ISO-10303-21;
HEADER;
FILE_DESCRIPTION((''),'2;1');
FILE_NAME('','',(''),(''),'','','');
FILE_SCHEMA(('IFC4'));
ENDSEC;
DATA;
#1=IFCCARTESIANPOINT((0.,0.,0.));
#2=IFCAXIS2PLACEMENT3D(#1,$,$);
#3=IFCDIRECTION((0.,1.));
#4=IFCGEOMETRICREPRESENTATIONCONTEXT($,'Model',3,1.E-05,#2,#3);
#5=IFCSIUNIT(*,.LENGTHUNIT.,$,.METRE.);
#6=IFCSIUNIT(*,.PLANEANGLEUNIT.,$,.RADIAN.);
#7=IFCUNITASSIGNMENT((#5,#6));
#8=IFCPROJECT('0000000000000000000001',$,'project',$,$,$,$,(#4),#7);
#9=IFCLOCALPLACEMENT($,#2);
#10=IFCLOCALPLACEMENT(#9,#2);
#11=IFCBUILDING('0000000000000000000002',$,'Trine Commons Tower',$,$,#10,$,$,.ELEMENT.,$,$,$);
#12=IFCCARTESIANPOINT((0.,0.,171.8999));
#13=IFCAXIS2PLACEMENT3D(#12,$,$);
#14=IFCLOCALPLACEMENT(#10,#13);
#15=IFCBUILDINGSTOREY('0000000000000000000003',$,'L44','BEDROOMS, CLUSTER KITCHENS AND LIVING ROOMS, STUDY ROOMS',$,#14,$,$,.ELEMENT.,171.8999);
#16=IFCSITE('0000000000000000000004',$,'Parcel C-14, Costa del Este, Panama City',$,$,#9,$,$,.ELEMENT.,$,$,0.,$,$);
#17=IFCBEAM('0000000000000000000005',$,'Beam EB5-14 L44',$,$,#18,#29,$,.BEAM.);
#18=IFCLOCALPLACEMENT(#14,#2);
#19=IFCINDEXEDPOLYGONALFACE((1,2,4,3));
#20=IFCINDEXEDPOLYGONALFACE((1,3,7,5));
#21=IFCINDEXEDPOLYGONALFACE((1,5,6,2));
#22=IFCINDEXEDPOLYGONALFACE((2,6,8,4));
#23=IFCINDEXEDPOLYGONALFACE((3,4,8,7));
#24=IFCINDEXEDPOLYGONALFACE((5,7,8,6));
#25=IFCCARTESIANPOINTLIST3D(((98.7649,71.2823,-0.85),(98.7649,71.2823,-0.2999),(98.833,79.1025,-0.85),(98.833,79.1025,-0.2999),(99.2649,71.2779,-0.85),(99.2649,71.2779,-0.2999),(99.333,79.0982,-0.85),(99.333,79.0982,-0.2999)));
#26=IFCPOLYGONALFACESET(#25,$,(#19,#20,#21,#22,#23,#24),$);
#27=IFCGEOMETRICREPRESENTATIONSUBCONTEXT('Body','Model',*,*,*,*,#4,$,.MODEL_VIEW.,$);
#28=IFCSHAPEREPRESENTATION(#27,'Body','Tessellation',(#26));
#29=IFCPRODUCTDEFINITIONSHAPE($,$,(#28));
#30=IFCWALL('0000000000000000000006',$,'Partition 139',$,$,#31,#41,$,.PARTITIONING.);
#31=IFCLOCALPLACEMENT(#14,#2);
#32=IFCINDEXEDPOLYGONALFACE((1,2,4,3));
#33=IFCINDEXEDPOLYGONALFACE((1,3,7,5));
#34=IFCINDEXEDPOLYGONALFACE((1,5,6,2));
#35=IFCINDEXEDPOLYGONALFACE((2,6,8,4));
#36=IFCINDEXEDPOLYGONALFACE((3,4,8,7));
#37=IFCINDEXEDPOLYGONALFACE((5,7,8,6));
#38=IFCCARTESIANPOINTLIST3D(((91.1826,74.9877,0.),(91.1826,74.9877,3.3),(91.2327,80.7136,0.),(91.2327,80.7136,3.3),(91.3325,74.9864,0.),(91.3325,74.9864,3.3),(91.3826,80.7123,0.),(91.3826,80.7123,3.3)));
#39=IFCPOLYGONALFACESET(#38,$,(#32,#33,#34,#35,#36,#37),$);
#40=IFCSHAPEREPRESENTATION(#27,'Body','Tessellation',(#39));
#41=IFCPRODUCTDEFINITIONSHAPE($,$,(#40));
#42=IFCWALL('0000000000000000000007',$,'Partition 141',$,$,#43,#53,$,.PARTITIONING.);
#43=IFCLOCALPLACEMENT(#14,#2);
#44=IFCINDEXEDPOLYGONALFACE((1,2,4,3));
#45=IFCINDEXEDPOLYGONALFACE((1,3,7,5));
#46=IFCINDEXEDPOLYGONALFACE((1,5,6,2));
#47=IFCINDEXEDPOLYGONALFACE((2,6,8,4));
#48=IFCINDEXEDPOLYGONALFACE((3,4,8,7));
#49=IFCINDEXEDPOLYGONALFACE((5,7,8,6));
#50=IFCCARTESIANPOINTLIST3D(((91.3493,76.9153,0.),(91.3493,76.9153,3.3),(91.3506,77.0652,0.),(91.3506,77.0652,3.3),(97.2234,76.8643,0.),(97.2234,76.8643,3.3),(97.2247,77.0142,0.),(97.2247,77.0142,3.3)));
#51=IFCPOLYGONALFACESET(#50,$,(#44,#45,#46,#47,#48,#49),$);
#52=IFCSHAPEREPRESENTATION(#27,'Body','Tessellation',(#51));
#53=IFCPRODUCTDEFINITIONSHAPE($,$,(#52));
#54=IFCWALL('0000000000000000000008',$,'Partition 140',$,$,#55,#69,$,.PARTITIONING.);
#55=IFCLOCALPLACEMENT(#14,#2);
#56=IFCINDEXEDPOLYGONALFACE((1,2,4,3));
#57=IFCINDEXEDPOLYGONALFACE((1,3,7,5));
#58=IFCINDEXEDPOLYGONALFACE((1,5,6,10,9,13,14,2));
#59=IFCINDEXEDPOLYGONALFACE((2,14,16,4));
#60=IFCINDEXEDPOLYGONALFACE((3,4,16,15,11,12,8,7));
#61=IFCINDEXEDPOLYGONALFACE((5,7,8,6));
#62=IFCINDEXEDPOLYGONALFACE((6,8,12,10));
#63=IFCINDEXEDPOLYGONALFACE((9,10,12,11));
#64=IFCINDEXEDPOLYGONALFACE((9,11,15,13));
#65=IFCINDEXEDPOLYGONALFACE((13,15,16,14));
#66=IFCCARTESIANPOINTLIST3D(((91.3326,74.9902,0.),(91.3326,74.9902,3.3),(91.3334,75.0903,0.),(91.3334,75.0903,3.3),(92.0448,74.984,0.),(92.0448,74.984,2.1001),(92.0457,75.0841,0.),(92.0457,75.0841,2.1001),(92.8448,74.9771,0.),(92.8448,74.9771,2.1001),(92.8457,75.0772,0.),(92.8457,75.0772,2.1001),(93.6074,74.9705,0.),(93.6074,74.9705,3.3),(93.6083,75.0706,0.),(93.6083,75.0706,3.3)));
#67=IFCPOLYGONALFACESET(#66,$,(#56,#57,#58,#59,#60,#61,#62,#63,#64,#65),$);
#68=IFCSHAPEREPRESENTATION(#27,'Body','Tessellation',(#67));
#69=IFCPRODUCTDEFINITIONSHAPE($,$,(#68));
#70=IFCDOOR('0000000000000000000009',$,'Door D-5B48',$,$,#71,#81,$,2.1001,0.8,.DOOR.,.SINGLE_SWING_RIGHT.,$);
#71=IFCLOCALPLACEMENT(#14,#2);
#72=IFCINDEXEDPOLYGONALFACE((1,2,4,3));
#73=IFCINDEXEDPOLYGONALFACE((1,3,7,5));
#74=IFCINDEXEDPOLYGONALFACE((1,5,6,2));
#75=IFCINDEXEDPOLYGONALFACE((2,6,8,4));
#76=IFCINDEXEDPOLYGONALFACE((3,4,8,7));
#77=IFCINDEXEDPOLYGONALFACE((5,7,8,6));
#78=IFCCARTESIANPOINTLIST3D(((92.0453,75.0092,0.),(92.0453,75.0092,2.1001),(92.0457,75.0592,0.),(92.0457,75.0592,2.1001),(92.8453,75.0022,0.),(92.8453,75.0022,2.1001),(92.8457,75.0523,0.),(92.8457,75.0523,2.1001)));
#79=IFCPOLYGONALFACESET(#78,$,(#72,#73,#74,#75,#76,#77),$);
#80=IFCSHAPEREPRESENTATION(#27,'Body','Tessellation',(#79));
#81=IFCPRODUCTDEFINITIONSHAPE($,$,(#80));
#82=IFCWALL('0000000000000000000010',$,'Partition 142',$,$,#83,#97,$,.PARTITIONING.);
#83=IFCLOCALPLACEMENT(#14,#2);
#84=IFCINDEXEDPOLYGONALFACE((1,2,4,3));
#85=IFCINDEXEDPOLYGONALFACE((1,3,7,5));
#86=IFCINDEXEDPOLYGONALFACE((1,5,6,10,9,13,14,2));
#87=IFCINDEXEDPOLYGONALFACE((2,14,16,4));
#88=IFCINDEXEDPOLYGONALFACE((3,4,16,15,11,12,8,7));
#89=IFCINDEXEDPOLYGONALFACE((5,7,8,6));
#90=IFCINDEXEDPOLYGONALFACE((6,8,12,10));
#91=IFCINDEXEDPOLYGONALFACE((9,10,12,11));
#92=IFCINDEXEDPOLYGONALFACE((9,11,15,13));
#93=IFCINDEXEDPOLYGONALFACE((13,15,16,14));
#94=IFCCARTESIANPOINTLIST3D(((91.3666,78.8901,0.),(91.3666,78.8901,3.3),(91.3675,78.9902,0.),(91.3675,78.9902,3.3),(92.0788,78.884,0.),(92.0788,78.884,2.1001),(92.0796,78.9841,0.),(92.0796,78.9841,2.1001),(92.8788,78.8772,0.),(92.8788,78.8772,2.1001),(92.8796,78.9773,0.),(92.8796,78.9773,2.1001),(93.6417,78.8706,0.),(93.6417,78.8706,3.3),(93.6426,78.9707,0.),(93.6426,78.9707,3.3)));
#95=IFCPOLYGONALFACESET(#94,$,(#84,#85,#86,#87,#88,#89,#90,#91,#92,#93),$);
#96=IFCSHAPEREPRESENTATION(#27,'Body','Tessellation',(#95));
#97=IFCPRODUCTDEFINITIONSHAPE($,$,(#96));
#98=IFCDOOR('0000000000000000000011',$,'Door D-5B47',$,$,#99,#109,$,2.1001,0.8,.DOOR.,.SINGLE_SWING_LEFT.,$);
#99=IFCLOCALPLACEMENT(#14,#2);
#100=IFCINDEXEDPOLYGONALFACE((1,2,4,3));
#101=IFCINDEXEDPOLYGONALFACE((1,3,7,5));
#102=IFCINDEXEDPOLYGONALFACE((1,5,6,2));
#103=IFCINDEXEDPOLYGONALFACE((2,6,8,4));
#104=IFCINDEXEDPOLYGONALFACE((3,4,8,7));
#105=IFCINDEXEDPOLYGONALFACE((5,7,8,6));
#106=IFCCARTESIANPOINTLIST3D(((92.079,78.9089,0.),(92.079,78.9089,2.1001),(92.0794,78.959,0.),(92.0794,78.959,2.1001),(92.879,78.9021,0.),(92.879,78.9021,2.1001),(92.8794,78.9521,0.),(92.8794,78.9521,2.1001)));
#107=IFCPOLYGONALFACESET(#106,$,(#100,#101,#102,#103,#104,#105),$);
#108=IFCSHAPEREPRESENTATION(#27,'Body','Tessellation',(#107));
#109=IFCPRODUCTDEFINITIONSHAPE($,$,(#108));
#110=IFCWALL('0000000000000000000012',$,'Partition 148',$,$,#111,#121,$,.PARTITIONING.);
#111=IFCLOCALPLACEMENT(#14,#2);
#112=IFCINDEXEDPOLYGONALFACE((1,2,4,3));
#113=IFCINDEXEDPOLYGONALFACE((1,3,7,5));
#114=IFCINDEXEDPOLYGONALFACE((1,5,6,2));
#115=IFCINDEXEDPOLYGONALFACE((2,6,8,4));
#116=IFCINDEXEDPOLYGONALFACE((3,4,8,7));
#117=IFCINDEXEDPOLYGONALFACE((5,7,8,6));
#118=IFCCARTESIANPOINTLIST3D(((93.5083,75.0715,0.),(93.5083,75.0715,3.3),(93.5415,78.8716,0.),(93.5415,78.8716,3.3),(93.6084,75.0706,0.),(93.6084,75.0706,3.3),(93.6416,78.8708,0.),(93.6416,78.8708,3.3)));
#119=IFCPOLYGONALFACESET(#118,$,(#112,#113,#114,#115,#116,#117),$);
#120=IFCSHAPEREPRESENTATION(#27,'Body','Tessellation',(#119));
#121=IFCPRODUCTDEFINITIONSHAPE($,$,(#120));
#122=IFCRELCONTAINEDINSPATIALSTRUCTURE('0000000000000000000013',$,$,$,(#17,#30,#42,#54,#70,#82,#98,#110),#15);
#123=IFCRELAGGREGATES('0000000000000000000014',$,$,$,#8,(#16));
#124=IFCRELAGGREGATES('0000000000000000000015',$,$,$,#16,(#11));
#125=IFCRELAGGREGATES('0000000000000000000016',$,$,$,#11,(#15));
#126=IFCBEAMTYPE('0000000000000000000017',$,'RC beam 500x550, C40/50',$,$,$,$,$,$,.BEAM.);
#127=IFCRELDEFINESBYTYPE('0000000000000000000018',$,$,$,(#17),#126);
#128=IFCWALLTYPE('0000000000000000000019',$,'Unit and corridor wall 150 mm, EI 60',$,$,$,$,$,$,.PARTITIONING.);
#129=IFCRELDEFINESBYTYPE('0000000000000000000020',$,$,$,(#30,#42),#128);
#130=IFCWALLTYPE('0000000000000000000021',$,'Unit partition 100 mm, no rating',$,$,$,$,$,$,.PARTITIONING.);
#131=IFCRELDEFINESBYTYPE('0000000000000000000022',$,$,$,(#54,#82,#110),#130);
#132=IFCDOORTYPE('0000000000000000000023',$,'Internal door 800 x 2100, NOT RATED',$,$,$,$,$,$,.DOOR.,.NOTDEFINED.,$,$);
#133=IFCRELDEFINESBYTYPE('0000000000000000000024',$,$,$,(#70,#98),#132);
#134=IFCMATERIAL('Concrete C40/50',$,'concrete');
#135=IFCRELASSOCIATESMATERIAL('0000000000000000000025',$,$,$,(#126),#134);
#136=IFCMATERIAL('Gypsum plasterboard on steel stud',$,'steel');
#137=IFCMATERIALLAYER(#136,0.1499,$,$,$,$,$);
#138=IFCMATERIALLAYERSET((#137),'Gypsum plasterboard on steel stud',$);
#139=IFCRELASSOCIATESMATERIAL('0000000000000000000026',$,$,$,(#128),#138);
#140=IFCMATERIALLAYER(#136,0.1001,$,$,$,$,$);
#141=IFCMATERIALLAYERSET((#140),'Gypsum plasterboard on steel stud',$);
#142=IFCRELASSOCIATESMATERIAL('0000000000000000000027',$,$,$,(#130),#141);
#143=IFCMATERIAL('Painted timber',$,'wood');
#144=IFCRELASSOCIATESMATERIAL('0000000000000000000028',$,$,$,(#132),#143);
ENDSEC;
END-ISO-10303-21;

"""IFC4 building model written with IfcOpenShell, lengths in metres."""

from ifc_helpers import new_model, si_unit, direction, frame, frame_2d, origin, origin_2d, place, context, subcontext, project, spatial, rectangle, extrude, material, layer, layer_set, material_profile, profile_set, type_object, element, fill, save


model = new_model("IFC4")

# Units and contexts
model_context = context("Model", 3, precision=1e-05, world=origin(), true_north=direction((0.0, 1.0)))
body_context = subcontext(model_context, "Body", "Model", "MODEL_VIEW")
ifc_project = project(units=[si_unit("LENGTHUNIT", "METRE"), si_unit("PLANEANGLEUNIT", "RADIAN")], contexts=[model_context])

# Site, building, storey
site_placement = place(None, origin())
site = spatial("IfcSite", under=ifc_project, at=site_placement, Name="Parcel C-14, Costa del Este, Panama City", CompositionType="ELEMENT", RefElevation=0.0)
building_placement = place(site_placement, origin())
building = spatial("IfcBuilding", under=site, at=building_placement, Name="Trine Commons Tower", CompositionType="ELEMENT")
storey_placement = place(building_placement, frame((0.0, 0.0, 171.8999)))
storey = spatial("IfcBuildingStorey", under=building, at=storey_placement, Name="L44", Description="BEDROOMS, CLUSTER KITCHENS AND LIVING ROOMS, STUDY ROOMS", CompositionType="ELEMENT", Elevation=171.8999)

# Beam
ifc_material_1 = material(Name="Concrete C40/50", Category="concrete")
ifc_material_profile = material_profile(ifc_material_1, rectangle(XDim=0.5, YDim=0.55, at=origin_2d()), Name="RC 500x550")
ifc_profile_set = profile_set([ifc_material_profile], Name="Concrete C40/50")
beam_type = type_object("IfcBeamType", Name="RC beam 500x550, C40/50", PredefinedType="BEAM", material=ifc_profile_set)
beam_placement = place(storey_placement, frame((99.083, 79.1003, -0.575), z_axis=(-0.00871, -0.999962, 0.0), x_axis=(0.999962, -0.00871, 0.0)))
element("IfcBeam", 1, at=beam_placement, inside=storey, type_object=beam_type, Name="Beam EB5-14 L44", PredefinedType="BEAM", context=body_context, shape_type="SweptSolid", body=[
    extrude(rectangle(XDim=0.5, YDim=0.55, at=origin_2d()), origin(), (0.0, 0.0, 1.0), 7.8206),
])

# Walls
ifc_material_2 = material(Name="Gypsum plasterboard on steel stud", Category="steel")
ifc_layer_1 = layer(ifc_material_2, 0.1499)
ifc_layer_set_1 = layer_set([ifc_layer_1], Name="Gypsum plasterboard on steel stud")
wall_type_1 = type_object("IfcWallType", Name="Unit and corridor wall 150 mm, EI 60", PredefinedType="PARTITIONING", material=ifc_layer_set_1)
wall_1_placement = place(storey_placement, frame((91.2576, 74.9871, 0.0), z_axis=(0.0, 0.0, 1.0), x_axis=(0.008741, 0.999962, 0.0)))
element("IfcWall", 2, at=wall_1_placement, inside=storey, type_object=wall_type_1, Name="Partition 139", PredefinedType="PARTITIONING", context=body_context, shape_type="SweptSolid", body=[
    extrude(rectangle(XDim=5.7261, YDim=0.1499, at=frame_2d((2.863, 0.0))), origin(), (0.0, 0.0, 1.0), 3.3),
])
wall_2_placement = place(storey_placement, frame((91.3501, 76.9902, 0.0), z_axis=(0.0, 0.0, 1.0), x_axis=(0.999962, -0.008686, 0.0)))
element("IfcWall", 3, at=wall_2_placement, inside=storey, type_object=wall_type_1, Name="Partition 141", PredefinedType="PARTITIONING", context=body_context, shape_type="SweptSolid", body=[
    extrude(rectangle(XDim=5.8743, YDim=0.1499, at=frame_2d((2.937, 0.0))), origin(), (0.0, 0.0, 1.0), 3.3),
])

# Walls, openings, doors
ifc_layer_2 = layer(ifc_material_2, 0.1001)
ifc_layer_set_2 = layer_set([ifc_layer_2], Name="Gypsum plasterboard on steel stud")
wall_type_2 = type_object("IfcWallType", Name="Unit partition 100 mm, no rating", PredefinedType="PARTITIONING", material=ifc_layer_set_2)
wall_3_placement = place(storey_placement, frame((91.333, 75.0403, 0.0), z_axis=(0.0, 0.0, 1.0), x_axis=(0.999962, -0.008693, 0.0)))
wall_3 = element("IfcWall", 4, at=wall_3_placement, inside=storey, type_object=wall_type_2, Name="Partition 140", PredefinedType="PARTITIONING", context=body_context, shape_type="SweptSolid", body=[
    extrude(rectangle(XDim=2.2749, YDim=0.1001, at=frame_2d((1.1375, 0.0))), origin(), (0.0, 0.0, 1.0), 3.3),
])
opening_1_placement = place(wall_3_placement, frame((0.7124, 0.0, 0.0)))
opening_1 = element("IfcOpeningElement", 5, at=opening_1_placement, cuts=wall_3, PredefinedType="OPENING", context=body_context, shape_type="SweptSolid", body=[
    extrude(rectangle(XDim=0.8, YDim=2.1001, at=frame_2d((0.3999, 1.05))), frame((0.0, 0.0601, 0.0), z_axis=(0.0, -1.0, 0.0), x_axis=(1.0, 0.0, 0.0)), (0.0, 0.0, 1.0), 0.1201),
])
ifc_material_3 = material(Name="Painted timber", Category="wood")
door_type = type_object("IfcDoorType", Name="Internal door 800 x 2100, NOT RATED", OperationType="NOTDEFINED", PredefinedType="DOOR", material=ifc_material_3)
door_1_placement = place(opening_1_placement, frame((0.8, 0.0, 0.0), z_axis=(0.0, 0.0, 1.0), x_axis=(-1.0, 0.0, 0.0)))
door_1 = element("IfcDoor", 6, at=door_1_placement, inside=storey, type_object=door_type, Name="Door D-5B48", OperationType="SINGLE_SWING_RIGHT", OverallHeight=2.1001, OverallWidth=0.8, PredefinedType="DOOR", context=body_context, shape_type="SweptSolid", body=[
    extrude(rectangle(XDim=0.8, YDim=2.1001, at=frame_2d((0.3999, 1.05))), frame((0.0, 0.0249, 0.0), z_axis=(0.0, -1.0, 0.0), x_axis=(1.0, 0.0, 0.0)), (0.0, 0.0, 1.0), 0.05),
])
fill(opening_1, door_1)
wall_4_placement = place(storey_placement, frame((91.3669, 78.9402, 0.0), z_axis=(0.0, 0.0, 1.0), x_axis=(0.999963, -0.008584, 0.0)))
wall_4 = element("IfcWall", 7, at=wall_4_placement, inside=storey, type_object=wall_type_2, Name="Partition 142", PredefinedType="PARTITIONING", context=body_context, shape_type="SweptSolid", body=[
    extrude(rectangle(XDim=2.2751, YDim=0.1001, at=frame_2d((1.1377, 0.0))), origin(), (0.0, 0.0, 1.0), 3.3),
])
opening_2_placement = place(wall_4_placement, frame((0.7124, 0.0, 0.0)))
opening_2 = element("IfcOpeningElement", 8, at=opening_2_placement, cuts=wall_4, PredefinedType="OPENING", context=body_context, shape_type="SweptSolid", body=[
    extrude(rectangle(XDim=0.8, YDim=2.1001, at=frame_2d((0.3999, 1.05))), frame((0.0, 0.0601, 0.0), z_axis=(0.0, -1.0, 0.0), x_axis=(1.0, 0.0, 0.0)), (0.0, 0.0, 1.0), 0.1201),
])
door_2_placement = place(opening_2_placement, origin())
door_2 = element("IfcDoor", 9, at=door_2_placement, inside=storey, type_object=door_type, Name="Door D-5B47", OperationType="SINGLE_SWING_LEFT", OverallHeight=2.1001, OverallWidth=0.8, PredefinedType="DOOR", context=body_context, shape_type="SweptSolid", body=[
    extrude(rectangle(XDim=0.8, YDim=2.1001, at=frame_2d((0.3999, 1.05))), frame((0.0, 0.0249, 0.0), z_axis=(0.0, -1.0, 0.0), x_axis=(1.0, 0.0, 0.0)), (0.0, 0.0, 1.0), 0.05),
])
fill(opening_2, door_2)

# Wall
wall_5_placement = place(storey_placement, frame((93.5583, 75.071, 0.0), z_axis=(0.0, 0.0, 1.0), x_axis=(0.008737, 0.999962, 0.0)))
element("IfcWall", 10, at=wall_5_placement, inside=storey, type_object=wall_type_2, Name="Partition 148", PredefinedType="PARTITIONING", context=body_context, shape_type="SweptSolid", body=[
    extrude(rectangle(XDim=3.8003, YDim=0.1001, at=frame_2d((1.9001, 0.0))), origin(), (0.0, 0.0, 1.0), 3.3),
])

save(model, "model.ifc")
